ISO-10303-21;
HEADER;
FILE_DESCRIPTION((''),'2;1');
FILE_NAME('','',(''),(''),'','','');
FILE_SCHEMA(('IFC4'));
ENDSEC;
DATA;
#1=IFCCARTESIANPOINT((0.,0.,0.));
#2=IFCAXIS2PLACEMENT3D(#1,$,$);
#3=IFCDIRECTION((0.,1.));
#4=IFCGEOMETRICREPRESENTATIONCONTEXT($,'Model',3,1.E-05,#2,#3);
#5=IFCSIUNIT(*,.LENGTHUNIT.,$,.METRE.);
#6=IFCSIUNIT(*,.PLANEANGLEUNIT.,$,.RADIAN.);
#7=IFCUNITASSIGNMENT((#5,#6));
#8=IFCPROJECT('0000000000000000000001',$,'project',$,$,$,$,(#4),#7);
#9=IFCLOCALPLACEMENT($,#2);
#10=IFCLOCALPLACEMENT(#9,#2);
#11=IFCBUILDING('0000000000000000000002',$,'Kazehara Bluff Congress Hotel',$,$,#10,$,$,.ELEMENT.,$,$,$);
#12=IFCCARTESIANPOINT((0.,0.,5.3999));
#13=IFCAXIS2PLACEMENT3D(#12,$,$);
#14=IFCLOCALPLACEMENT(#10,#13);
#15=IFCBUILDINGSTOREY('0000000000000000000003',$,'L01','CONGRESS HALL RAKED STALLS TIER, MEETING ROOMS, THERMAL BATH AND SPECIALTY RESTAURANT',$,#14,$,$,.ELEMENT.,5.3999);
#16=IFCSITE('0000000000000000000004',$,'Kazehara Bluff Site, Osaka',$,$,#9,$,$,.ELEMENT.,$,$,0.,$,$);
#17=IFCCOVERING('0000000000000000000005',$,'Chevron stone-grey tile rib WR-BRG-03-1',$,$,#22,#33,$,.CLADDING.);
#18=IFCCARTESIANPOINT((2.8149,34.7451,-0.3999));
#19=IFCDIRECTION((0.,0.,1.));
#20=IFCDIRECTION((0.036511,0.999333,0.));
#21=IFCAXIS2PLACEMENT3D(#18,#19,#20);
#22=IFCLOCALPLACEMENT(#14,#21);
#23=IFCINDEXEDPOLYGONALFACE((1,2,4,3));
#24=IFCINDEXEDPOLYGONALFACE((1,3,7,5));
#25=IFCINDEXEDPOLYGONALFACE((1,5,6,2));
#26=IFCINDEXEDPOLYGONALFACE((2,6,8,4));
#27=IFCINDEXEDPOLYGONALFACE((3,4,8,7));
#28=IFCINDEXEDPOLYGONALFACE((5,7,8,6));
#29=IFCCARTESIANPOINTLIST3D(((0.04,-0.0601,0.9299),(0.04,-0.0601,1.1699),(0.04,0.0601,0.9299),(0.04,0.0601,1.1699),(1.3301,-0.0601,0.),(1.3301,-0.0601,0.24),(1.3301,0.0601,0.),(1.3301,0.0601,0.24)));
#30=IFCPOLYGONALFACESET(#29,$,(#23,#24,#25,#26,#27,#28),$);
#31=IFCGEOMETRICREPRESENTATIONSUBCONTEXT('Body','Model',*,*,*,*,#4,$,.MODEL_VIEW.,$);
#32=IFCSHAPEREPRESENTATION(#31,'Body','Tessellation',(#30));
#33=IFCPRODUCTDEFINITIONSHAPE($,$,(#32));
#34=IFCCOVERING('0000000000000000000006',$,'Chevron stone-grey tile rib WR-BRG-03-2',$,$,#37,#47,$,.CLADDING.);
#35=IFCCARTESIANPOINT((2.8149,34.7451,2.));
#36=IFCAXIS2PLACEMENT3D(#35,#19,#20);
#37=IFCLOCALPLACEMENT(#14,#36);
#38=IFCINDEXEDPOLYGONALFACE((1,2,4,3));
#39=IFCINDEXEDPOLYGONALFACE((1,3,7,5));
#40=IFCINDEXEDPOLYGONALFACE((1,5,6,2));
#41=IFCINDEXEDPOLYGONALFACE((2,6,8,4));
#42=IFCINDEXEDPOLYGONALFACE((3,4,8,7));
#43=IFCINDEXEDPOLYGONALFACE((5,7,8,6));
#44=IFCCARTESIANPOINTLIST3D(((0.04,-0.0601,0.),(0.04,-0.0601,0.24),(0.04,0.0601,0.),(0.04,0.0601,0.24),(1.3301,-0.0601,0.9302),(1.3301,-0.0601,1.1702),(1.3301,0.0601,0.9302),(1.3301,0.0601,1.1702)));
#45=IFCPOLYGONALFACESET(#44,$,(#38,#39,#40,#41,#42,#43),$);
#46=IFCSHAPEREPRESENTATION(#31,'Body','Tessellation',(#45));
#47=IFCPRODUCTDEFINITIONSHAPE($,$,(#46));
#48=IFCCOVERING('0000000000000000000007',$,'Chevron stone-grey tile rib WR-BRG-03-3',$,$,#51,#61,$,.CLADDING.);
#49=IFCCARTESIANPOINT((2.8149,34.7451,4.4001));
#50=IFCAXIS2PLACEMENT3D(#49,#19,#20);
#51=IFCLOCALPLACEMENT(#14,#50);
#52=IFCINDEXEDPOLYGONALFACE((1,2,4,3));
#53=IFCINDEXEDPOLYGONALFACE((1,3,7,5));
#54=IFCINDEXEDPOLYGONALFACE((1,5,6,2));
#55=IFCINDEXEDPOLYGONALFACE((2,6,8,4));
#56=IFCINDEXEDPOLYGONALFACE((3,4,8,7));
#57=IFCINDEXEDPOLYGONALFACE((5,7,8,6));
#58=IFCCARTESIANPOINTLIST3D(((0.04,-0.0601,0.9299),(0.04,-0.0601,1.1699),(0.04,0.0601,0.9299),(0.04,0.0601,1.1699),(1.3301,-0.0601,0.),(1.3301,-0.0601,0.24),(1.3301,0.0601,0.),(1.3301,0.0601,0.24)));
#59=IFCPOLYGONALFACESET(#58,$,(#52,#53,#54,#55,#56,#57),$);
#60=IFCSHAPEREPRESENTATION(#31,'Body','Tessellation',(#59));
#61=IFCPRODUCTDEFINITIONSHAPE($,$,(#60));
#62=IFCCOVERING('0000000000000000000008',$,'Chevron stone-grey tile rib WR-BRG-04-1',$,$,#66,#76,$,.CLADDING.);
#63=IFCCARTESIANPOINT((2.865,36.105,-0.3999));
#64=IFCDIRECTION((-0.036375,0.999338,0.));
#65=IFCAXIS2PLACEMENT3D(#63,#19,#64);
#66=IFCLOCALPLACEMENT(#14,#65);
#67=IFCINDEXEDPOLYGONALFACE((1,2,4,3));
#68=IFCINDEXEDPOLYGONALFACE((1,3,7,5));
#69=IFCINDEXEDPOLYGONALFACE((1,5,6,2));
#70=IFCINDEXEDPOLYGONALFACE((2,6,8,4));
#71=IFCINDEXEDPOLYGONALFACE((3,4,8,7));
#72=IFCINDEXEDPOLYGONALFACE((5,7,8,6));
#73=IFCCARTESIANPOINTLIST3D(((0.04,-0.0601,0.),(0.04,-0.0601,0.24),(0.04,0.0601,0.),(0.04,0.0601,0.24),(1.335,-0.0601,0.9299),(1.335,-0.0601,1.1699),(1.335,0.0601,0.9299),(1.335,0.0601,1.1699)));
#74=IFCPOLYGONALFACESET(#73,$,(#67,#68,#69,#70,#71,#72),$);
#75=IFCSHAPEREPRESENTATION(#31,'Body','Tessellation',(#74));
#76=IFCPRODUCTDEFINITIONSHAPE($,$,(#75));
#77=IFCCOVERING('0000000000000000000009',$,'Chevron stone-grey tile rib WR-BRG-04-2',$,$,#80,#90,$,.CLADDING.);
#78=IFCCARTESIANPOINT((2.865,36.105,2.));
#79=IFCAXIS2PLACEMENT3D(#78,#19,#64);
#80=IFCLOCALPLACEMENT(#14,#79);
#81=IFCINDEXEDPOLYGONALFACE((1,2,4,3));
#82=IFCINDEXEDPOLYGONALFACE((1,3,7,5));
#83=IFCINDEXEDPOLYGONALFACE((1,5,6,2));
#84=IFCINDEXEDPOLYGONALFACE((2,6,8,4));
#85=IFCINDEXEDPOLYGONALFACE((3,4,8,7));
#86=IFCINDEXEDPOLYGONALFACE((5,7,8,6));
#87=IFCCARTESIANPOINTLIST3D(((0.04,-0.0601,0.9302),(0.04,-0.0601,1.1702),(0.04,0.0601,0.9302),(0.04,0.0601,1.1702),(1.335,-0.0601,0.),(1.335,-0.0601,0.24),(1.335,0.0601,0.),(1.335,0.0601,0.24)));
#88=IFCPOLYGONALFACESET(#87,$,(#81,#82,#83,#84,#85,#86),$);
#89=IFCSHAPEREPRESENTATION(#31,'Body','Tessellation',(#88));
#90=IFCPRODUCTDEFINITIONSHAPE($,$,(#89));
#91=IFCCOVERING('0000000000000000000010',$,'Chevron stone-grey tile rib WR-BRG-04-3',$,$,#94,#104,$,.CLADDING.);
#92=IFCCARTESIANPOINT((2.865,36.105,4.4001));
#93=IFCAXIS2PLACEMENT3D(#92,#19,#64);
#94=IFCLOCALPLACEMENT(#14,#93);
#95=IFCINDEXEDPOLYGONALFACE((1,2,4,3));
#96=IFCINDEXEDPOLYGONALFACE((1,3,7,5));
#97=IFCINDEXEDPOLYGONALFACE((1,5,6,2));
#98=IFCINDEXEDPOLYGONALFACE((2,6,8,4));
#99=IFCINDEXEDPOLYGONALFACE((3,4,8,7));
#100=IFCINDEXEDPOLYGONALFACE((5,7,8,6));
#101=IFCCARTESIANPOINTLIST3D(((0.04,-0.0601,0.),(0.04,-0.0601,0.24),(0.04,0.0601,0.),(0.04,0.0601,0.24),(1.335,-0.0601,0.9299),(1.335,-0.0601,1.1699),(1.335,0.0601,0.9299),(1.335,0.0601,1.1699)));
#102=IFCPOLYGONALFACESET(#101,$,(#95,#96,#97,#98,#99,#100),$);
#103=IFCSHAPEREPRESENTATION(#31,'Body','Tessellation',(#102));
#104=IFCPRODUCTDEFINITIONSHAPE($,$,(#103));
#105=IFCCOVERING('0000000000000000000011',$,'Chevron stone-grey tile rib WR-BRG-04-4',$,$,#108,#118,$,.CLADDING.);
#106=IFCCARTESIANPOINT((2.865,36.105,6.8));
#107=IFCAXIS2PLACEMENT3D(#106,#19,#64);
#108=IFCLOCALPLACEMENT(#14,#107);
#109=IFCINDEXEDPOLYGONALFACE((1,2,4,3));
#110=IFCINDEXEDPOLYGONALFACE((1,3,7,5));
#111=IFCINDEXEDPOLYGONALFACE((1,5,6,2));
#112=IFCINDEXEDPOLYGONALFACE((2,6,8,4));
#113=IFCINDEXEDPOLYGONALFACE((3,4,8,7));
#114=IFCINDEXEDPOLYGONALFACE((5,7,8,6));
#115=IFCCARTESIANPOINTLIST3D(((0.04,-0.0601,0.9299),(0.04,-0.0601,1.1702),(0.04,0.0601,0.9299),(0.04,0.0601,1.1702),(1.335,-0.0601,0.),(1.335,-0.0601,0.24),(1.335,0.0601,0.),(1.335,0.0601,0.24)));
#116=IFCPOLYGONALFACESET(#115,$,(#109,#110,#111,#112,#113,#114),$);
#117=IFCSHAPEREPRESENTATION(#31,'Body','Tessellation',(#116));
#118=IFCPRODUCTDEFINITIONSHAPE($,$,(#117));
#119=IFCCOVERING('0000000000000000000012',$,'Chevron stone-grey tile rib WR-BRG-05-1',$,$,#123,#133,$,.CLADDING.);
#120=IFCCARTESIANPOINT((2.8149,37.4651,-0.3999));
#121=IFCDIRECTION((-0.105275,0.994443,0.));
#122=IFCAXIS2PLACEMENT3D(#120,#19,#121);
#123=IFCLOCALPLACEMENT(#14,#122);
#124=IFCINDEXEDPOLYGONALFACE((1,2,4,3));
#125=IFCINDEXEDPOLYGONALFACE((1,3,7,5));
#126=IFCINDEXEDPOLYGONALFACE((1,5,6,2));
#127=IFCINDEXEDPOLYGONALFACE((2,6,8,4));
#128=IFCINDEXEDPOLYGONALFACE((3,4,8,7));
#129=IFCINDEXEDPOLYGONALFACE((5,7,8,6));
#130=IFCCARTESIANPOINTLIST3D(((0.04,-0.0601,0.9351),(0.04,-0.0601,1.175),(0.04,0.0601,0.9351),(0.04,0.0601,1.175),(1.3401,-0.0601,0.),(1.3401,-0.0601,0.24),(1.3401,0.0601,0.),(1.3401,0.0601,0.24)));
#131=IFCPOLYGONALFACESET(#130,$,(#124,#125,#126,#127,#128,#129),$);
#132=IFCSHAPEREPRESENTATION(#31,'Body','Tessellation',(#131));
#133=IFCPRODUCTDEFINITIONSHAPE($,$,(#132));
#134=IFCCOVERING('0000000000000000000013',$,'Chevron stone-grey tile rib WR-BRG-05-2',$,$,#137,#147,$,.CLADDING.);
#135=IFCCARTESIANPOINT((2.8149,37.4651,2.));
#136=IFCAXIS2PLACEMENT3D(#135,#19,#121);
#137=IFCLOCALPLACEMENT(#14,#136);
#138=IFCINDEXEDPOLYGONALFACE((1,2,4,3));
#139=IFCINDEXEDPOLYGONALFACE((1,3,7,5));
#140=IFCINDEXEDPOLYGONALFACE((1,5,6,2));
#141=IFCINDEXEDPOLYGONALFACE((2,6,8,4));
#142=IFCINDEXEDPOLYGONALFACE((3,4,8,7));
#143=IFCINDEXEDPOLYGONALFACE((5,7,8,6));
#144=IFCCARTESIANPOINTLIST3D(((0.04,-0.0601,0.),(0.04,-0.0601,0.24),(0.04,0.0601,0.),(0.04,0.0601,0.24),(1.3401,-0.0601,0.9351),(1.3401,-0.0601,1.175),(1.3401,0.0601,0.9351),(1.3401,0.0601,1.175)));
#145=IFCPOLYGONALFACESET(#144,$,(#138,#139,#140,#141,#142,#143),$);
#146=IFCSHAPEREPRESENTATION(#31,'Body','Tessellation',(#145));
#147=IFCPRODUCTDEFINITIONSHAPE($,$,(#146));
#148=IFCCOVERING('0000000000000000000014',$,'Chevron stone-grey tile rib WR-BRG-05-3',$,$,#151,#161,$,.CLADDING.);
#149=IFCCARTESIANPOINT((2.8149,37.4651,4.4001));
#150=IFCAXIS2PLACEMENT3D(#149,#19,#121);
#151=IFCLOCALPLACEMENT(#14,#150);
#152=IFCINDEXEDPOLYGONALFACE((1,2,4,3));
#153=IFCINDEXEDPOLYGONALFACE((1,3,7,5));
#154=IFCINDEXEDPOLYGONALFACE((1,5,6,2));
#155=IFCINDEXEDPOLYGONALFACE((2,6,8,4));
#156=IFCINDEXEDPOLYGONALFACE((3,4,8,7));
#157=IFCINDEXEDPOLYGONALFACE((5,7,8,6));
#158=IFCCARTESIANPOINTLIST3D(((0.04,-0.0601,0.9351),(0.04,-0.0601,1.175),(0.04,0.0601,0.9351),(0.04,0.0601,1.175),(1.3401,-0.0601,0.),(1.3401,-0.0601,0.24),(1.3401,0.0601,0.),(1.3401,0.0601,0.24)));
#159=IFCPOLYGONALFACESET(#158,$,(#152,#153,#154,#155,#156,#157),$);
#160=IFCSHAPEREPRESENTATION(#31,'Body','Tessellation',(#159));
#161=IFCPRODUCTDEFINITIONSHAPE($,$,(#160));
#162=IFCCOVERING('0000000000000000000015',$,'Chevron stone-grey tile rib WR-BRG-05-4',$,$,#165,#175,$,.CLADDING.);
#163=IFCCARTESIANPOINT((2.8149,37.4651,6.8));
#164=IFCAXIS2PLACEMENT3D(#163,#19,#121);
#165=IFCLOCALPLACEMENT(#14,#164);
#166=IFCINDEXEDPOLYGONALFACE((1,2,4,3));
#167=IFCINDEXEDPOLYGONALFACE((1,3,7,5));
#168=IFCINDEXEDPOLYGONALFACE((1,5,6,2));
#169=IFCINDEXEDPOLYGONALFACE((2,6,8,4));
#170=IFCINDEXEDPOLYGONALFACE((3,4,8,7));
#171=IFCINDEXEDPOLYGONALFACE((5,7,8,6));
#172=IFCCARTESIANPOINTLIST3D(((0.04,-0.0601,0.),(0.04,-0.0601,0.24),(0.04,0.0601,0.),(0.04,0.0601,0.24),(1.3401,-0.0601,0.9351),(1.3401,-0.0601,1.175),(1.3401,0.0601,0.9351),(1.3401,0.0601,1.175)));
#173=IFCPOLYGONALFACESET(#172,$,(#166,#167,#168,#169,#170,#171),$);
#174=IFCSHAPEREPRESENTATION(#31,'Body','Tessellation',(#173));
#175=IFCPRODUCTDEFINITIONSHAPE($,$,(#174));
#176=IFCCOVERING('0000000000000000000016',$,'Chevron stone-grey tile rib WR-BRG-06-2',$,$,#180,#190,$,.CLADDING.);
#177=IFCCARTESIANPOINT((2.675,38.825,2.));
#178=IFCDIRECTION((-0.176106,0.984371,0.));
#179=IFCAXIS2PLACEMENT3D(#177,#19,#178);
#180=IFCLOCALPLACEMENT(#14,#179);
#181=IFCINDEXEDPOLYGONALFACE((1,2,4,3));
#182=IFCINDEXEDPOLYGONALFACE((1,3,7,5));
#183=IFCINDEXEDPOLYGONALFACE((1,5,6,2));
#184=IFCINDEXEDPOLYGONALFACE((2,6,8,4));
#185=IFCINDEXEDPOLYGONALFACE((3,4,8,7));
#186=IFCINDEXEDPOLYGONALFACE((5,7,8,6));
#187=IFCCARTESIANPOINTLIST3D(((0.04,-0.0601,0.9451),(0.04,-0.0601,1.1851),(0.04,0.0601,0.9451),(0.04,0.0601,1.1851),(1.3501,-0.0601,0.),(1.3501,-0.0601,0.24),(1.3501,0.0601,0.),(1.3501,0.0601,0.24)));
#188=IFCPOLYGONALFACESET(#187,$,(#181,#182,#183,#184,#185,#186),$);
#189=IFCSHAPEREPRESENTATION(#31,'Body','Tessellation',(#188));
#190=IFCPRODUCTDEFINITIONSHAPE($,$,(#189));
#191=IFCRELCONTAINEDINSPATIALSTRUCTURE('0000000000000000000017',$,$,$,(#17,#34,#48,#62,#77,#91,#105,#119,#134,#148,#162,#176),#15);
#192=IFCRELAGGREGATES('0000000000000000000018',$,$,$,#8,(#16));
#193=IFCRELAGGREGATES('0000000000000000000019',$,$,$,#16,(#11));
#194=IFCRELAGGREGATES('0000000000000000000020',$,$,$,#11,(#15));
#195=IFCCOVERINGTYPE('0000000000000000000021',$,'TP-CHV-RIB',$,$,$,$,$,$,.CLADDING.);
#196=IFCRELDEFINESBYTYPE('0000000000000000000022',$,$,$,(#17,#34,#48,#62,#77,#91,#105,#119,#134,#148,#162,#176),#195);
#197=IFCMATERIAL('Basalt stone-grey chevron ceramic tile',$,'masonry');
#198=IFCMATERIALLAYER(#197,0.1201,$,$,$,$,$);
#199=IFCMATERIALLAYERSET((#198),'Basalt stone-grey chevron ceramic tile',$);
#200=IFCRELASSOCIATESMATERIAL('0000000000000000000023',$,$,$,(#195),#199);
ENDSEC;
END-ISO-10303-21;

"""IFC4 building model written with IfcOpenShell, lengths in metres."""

from ifc_helpers import new_model, si_unit, direction, frame, origin, place, context, subcontext, project, spatial, polyline, outline, extrude, material, layer, layer_set, type_object, element, save


model = new_model("IFC4")

# Units and contexts
model_context = context("Model", 3, precision=1e-05, world=origin(), true_north=direction((0.0, 1.0)))
body_context = subcontext(model_context, "Body", "Model", "MODEL_VIEW")
ifc_project = project(units=[si_unit("LENGTHUNIT", "METRE"), si_unit("PLANEANGLEUNIT", "RADIAN")], contexts=[model_context])

# Site, building, storey
site_placement = place(None, origin())
site = spatial("IfcSite", under=ifc_project, at=site_placement, Name="Kazehara Bluff Site, Osaka", CompositionType="ELEMENT", RefElevation=0.0)
building_placement = place(site_placement, origin())
building = spatial("IfcBuilding", under=site, at=building_placement, Name="Kazehara Bluff Congress Hotel", CompositionType="ELEMENT")
storey_placement = place(building_placement, frame((0.0, 0.0, 5.3999)))
storey = spatial("IfcBuildingStorey", under=building, at=storey_placement, Name="L01", Description="CONGRESS HALL RAKED STALLS TIER, MEETING ROOMS, THERMAL BATH AND SPECIALTY RESTAURANT", CompositionType="ELEMENT", Elevation=5.3999)

# Coverings
ifc_material_1 = material(Name="Basalt stone-grey chevron ceramic tile", Category="masonry")
ifc_layer_1 = layer(ifc_material_1, 0.1201)
ifc_layer_set_1 = layer_set([ifc_layer_1], Name="Basalt stone-grey chevron ceramic tile")
covering_type_1 = type_object("IfcCoveringType", Name="TP-CHV-RIB", PredefinedType="CLADDING", material=ifc_layer_set_1)
covering_1_placement = place(storey_placement, frame((2.8149, 34.7451, -0.3999), z_axis=(0.0, 0.0, 1.0), x_axis=(0.036511, 0.999333, 0.0)))
element("IfcCovering", 1, at=covering_1_placement, inside=storey, type_object=covering_type_1, Name="Chevron stone-grey tile rib WR-BRG-03-1", PredefinedType="CLADDING", context=body_context, shape_type="SweptSolid", body=[
    extrude(outline(polyline([(0.04, 0.9299), (1.3301, 0.0), (1.3301, 0.24), (0.04, 1.1699), (0.04, 0.9299)])), frame((0.0, 0.0601, 0.0), z_axis=(0.0, -1.0, 0.0), x_axis=(1.0, 0.0, 0.0)), (0.0, 0.0, 1.0), 0.1201),
])
covering_2_placement = place(storey_placement, frame((2.8149, 34.7451, 2.0), z_axis=(0.0, 0.0, 1.0), x_axis=(0.036511, 0.999333, 0.0)))
element("IfcCovering", 2, at=covering_2_placement, inside=storey, type_object=covering_type_1, Name="Chevron stone-grey tile rib WR-BRG-03-2", PredefinedType="CLADDING", context=body_context, shape_type="SweptSolid", body=[
    extrude(outline(polyline([(0.04, 0.0), (1.3301, 0.9302), (1.3301, 1.1702), (0.04, 0.24), (0.04, 0.0)])), frame((0.0, 0.0601, 0.0), z_axis=(0.0, -1.0, 0.0), x_axis=(1.0, 0.0, 0.0)), (0.0, 0.0, 1.0), 0.1201),
])
covering_3_placement = place(storey_placement, frame((2.8149, 34.7451, 4.4001), z_axis=(0.0, 0.0, 1.0), x_axis=(0.036511, 0.999333, 0.0)))
element("IfcCovering", 3, at=covering_3_placement, inside=storey, type_object=covering_type_1, Name="Chevron stone-grey tile rib WR-BRG-03-3", PredefinedType="CLADDING", context=body_context, shape_type="SweptSolid", body=[
    extrude(outline(polyline([(0.04, 0.9299), (1.3301, 0.0), (1.3301, 0.24), (0.04, 1.1699), (0.04, 0.9299)])), frame((0.0, 0.0601, 0.0), z_axis=(0.0, -1.0, 0.0), x_axis=(1.0, 0.0, 0.0)), (0.0, 0.0, 1.0), 0.1201),
])
covering_4_placement = place(storey_placement, frame((2.865, 36.105, -0.3999), z_axis=(0.0, 0.0, 1.0), x_axis=(-0.036375, 0.999338, 0.0)))
element("IfcCovering", 4, at=covering_4_placement, inside=storey, type_object=covering_type_1, Name="Chevron stone-grey tile rib WR-BRG-04-1", PredefinedType="CLADDING", context=body_context, shape_type="SweptSolid", body=[
    extrude(outline(polyline([(0.04, 0.0), (1.335, 0.9299), (1.335, 1.1699), (0.04, 0.24), (0.04, 0.0)])), frame((0.0, 0.0601, 0.0), z_axis=(0.0, -1.0, 0.0), x_axis=(1.0, 0.0, 0.0)), (0.0, 0.0, 1.0), 0.1201),
])
covering_5_placement = place(storey_placement, frame((2.865, 36.105, 2.0), z_axis=(0.0, 0.0, 1.0), x_axis=(-0.036375, 0.999338, 0.0)))
element("IfcCovering", 5, at=covering_5_placement, inside=storey, type_object=covering_type_1, Name="Chevron stone-grey tile rib WR-BRG-04-2", PredefinedType="CLADDING", context=body_context, shape_type="SweptSolid", body=[
    extrude(outline(polyline([(0.04, 0.9302), (1.335, 0.0), (1.335, 0.24), (0.04, 1.1702), (0.04, 0.9302)])), frame((0.0, 0.0601, 0.0), z_axis=(0.0, -1.0, 0.0), x_axis=(1.0, 0.0, 0.0)), (0.0, 0.0, 1.0), 0.1201),
])
covering_6_placement = place(storey_placement, frame((2.865, 36.105, 4.4001), z_axis=(0.0, 0.0, 1.0), x_axis=(-0.036375, 0.999338, 0.0)))
element("IfcCovering", 6, at=covering_6_placement, inside=storey, type_object=covering_type_1, Name="Chevron stone-grey tile rib WR-BRG-04-3", PredefinedType="CLADDING", context=body_context, shape_type="SweptSolid", body=[
    extrude(outline(polyline([(0.04, 0.0), (1.335, 0.9299), (1.335, 1.1699), (0.04, 0.24), (0.04, 0.0)])), frame((0.0, 0.0601, 0.0), z_axis=(0.0, -1.0, 0.0), x_axis=(1.0, 0.0, 0.0)), (0.0, 0.0, 1.0), 0.1201),
])
covering_7_placement = place(storey_placement, frame((2.865, 36.105, 6.8), z_axis=(0.0, 0.0, 1.0), x_axis=(-0.036375, 0.999338, 0.0)))
element("IfcCovering", 7, at=covering_7_placement, inside=storey, type_object=covering_type_1, Name="Chevron stone-grey tile rib WR-BRG-04-4", PredefinedType="CLADDING", context=body_context, shape_type="SweptSolid", body=[
    extrude(outline(polyline([(0.04, 0.9299), (1.335, 0.0), (1.335, 0.24), (0.04, 1.1702), (0.04, 0.9299)])), frame((0.0, 0.0601, 0.0), z_axis=(0.0, -1.0, 0.0), x_axis=(1.0, 0.0, 0.0)), (0.0, 0.0, 1.0), 0.1201),
])
covering_8_placement = place(storey_placement, frame((2.8149, 37.4651, -0.3999), z_axis=(0.0, 0.0, 1.0), x_axis=(-0.105275, 0.994443, 0.0)))
element("IfcCovering", 8, at=covering_8_placement, inside=storey, type_object=covering_type_1, Name="Chevron stone-grey tile rib WR-BRG-05-1", PredefinedType="CLADDING", context=body_context, shape_type="SweptSolid", body=[
    extrude(outline(polyline([(0.04, 0.9351), (1.3401, 0.0), (1.3401, 0.24), (0.04, 1.175), (0.04, 0.9351)])), frame((0.0, 0.0601, 0.0), z_axis=(0.0, -1.0, 0.0), x_axis=(1.0, 0.0, 0.0)), (0.0, 0.0, 1.0), 0.1201),
])
covering_9_placement = place(storey_placement, frame((2.8149, 37.4651, 2.0), z_axis=(0.0, 0.0, 1.0), x_axis=(-0.105275, 0.994443, 0.0)))
element("IfcCovering", 9, at=covering_9_placement, inside=storey, type_object=covering_type_1, Name="Chevron stone-grey tile rib WR-BRG-05-2", PredefinedType="CLADDING", context=body_context, shape_type="SweptSolid", body=[
    extrude(outline(polyline([(0.04, 0.0), (1.3401, 0.9351), (1.3401, 1.175), (0.04, 0.24), (0.04, 0.0)])), frame((0.0, 0.0601, 0.0), z_axis=(0.0, -1.0, 0.0), x_axis=(1.0, 0.0, 0.0)), (0.0, 0.0, 1.0), 0.1201),
])
covering_10_placement = place(storey_placement, frame((2.8149, 37.4651, 4.4001), z_axis=(0.0, 0.0, 1.0), x_axis=(-0.105275, 0.994443, 0.0)))
element("IfcCovering", 10, at=covering_10_placement, inside=storey, type_object=covering_type_1, Name="Chevron stone-grey tile rib WR-BRG-05-3", PredefinedType="CLADDING", context=body_context, shape_type="SweptSolid", body=[
    extrude(outline(polyline([(0.04, 0.9351), (1.3401, 0.0), (1.3401, 0.24), (0.04, 1.175), (0.04, 0.9351)])), frame((0.0, 0.0601, 0.0), z_axis=(0.0, -1.0, 0.0), x_axis=(1.0, 0.0, 0.0)), (0.0, 0.0, 1.0), 0.1201),
])
covering_11_placement = place(storey_placement, frame((2.8149, 37.4651, 6.8), z_axis=(0.0, 0.0, 1.0), x_axis=(-0.105275, 0.994443, 0.0)))
element("IfcCovering", 11, at=covering_11_placement, inside=storey, type_object=covering_type_1, Name="Chevron stone-grey tile rib WR-BRG-05-4", PredefinedType="CLADDING", context=body_context, shape_type="SweptSolid", body=[
    extrude(outline(polyline([(0.04, 0.0), (1.3401, 0.9351), (1.3401, 1.175), (0.04, 0.24), (0.04, 0.0)])), frame((0.0, 0.0601, 0.0), z_axis=(0.0, -1.0, 0.0), x_axis=(1.0, 0.0, 0.0)), (0.0, 0.0, 1.0), 0.1201),
])
covering_12_placement = place(storey_placement, frame((2.675, 38.825, 2.0), z_axis=(0.0, 0.0, 1.0), x_axis=(-0.176106, 0.984371, 0.0)))
element("IfcCovering", 12, at=covering_12_placement, inside=storey, type_object=covering_type_1, Name="Chevron stone-grey tile rib WR-BRG-06-2", PredefinedType="CLADDING", context=body_context, shape_type="SweptSolid", body=[
    extrude(outline(polyline([(0.04, 0.9451), (1.3501, 0.0), (1.3501, 0.24), (0.04, 1.1851), (0.04, 0.9451)])), frame((0.0, 0.0601, 0.0), z_axis=(0.0, -1.0, 0.0), x_axis=(1.0, 0.0, 0.0)), (0.0, 0.0, 1.0), 0.1201),
])

save(model, "model.ifc")
